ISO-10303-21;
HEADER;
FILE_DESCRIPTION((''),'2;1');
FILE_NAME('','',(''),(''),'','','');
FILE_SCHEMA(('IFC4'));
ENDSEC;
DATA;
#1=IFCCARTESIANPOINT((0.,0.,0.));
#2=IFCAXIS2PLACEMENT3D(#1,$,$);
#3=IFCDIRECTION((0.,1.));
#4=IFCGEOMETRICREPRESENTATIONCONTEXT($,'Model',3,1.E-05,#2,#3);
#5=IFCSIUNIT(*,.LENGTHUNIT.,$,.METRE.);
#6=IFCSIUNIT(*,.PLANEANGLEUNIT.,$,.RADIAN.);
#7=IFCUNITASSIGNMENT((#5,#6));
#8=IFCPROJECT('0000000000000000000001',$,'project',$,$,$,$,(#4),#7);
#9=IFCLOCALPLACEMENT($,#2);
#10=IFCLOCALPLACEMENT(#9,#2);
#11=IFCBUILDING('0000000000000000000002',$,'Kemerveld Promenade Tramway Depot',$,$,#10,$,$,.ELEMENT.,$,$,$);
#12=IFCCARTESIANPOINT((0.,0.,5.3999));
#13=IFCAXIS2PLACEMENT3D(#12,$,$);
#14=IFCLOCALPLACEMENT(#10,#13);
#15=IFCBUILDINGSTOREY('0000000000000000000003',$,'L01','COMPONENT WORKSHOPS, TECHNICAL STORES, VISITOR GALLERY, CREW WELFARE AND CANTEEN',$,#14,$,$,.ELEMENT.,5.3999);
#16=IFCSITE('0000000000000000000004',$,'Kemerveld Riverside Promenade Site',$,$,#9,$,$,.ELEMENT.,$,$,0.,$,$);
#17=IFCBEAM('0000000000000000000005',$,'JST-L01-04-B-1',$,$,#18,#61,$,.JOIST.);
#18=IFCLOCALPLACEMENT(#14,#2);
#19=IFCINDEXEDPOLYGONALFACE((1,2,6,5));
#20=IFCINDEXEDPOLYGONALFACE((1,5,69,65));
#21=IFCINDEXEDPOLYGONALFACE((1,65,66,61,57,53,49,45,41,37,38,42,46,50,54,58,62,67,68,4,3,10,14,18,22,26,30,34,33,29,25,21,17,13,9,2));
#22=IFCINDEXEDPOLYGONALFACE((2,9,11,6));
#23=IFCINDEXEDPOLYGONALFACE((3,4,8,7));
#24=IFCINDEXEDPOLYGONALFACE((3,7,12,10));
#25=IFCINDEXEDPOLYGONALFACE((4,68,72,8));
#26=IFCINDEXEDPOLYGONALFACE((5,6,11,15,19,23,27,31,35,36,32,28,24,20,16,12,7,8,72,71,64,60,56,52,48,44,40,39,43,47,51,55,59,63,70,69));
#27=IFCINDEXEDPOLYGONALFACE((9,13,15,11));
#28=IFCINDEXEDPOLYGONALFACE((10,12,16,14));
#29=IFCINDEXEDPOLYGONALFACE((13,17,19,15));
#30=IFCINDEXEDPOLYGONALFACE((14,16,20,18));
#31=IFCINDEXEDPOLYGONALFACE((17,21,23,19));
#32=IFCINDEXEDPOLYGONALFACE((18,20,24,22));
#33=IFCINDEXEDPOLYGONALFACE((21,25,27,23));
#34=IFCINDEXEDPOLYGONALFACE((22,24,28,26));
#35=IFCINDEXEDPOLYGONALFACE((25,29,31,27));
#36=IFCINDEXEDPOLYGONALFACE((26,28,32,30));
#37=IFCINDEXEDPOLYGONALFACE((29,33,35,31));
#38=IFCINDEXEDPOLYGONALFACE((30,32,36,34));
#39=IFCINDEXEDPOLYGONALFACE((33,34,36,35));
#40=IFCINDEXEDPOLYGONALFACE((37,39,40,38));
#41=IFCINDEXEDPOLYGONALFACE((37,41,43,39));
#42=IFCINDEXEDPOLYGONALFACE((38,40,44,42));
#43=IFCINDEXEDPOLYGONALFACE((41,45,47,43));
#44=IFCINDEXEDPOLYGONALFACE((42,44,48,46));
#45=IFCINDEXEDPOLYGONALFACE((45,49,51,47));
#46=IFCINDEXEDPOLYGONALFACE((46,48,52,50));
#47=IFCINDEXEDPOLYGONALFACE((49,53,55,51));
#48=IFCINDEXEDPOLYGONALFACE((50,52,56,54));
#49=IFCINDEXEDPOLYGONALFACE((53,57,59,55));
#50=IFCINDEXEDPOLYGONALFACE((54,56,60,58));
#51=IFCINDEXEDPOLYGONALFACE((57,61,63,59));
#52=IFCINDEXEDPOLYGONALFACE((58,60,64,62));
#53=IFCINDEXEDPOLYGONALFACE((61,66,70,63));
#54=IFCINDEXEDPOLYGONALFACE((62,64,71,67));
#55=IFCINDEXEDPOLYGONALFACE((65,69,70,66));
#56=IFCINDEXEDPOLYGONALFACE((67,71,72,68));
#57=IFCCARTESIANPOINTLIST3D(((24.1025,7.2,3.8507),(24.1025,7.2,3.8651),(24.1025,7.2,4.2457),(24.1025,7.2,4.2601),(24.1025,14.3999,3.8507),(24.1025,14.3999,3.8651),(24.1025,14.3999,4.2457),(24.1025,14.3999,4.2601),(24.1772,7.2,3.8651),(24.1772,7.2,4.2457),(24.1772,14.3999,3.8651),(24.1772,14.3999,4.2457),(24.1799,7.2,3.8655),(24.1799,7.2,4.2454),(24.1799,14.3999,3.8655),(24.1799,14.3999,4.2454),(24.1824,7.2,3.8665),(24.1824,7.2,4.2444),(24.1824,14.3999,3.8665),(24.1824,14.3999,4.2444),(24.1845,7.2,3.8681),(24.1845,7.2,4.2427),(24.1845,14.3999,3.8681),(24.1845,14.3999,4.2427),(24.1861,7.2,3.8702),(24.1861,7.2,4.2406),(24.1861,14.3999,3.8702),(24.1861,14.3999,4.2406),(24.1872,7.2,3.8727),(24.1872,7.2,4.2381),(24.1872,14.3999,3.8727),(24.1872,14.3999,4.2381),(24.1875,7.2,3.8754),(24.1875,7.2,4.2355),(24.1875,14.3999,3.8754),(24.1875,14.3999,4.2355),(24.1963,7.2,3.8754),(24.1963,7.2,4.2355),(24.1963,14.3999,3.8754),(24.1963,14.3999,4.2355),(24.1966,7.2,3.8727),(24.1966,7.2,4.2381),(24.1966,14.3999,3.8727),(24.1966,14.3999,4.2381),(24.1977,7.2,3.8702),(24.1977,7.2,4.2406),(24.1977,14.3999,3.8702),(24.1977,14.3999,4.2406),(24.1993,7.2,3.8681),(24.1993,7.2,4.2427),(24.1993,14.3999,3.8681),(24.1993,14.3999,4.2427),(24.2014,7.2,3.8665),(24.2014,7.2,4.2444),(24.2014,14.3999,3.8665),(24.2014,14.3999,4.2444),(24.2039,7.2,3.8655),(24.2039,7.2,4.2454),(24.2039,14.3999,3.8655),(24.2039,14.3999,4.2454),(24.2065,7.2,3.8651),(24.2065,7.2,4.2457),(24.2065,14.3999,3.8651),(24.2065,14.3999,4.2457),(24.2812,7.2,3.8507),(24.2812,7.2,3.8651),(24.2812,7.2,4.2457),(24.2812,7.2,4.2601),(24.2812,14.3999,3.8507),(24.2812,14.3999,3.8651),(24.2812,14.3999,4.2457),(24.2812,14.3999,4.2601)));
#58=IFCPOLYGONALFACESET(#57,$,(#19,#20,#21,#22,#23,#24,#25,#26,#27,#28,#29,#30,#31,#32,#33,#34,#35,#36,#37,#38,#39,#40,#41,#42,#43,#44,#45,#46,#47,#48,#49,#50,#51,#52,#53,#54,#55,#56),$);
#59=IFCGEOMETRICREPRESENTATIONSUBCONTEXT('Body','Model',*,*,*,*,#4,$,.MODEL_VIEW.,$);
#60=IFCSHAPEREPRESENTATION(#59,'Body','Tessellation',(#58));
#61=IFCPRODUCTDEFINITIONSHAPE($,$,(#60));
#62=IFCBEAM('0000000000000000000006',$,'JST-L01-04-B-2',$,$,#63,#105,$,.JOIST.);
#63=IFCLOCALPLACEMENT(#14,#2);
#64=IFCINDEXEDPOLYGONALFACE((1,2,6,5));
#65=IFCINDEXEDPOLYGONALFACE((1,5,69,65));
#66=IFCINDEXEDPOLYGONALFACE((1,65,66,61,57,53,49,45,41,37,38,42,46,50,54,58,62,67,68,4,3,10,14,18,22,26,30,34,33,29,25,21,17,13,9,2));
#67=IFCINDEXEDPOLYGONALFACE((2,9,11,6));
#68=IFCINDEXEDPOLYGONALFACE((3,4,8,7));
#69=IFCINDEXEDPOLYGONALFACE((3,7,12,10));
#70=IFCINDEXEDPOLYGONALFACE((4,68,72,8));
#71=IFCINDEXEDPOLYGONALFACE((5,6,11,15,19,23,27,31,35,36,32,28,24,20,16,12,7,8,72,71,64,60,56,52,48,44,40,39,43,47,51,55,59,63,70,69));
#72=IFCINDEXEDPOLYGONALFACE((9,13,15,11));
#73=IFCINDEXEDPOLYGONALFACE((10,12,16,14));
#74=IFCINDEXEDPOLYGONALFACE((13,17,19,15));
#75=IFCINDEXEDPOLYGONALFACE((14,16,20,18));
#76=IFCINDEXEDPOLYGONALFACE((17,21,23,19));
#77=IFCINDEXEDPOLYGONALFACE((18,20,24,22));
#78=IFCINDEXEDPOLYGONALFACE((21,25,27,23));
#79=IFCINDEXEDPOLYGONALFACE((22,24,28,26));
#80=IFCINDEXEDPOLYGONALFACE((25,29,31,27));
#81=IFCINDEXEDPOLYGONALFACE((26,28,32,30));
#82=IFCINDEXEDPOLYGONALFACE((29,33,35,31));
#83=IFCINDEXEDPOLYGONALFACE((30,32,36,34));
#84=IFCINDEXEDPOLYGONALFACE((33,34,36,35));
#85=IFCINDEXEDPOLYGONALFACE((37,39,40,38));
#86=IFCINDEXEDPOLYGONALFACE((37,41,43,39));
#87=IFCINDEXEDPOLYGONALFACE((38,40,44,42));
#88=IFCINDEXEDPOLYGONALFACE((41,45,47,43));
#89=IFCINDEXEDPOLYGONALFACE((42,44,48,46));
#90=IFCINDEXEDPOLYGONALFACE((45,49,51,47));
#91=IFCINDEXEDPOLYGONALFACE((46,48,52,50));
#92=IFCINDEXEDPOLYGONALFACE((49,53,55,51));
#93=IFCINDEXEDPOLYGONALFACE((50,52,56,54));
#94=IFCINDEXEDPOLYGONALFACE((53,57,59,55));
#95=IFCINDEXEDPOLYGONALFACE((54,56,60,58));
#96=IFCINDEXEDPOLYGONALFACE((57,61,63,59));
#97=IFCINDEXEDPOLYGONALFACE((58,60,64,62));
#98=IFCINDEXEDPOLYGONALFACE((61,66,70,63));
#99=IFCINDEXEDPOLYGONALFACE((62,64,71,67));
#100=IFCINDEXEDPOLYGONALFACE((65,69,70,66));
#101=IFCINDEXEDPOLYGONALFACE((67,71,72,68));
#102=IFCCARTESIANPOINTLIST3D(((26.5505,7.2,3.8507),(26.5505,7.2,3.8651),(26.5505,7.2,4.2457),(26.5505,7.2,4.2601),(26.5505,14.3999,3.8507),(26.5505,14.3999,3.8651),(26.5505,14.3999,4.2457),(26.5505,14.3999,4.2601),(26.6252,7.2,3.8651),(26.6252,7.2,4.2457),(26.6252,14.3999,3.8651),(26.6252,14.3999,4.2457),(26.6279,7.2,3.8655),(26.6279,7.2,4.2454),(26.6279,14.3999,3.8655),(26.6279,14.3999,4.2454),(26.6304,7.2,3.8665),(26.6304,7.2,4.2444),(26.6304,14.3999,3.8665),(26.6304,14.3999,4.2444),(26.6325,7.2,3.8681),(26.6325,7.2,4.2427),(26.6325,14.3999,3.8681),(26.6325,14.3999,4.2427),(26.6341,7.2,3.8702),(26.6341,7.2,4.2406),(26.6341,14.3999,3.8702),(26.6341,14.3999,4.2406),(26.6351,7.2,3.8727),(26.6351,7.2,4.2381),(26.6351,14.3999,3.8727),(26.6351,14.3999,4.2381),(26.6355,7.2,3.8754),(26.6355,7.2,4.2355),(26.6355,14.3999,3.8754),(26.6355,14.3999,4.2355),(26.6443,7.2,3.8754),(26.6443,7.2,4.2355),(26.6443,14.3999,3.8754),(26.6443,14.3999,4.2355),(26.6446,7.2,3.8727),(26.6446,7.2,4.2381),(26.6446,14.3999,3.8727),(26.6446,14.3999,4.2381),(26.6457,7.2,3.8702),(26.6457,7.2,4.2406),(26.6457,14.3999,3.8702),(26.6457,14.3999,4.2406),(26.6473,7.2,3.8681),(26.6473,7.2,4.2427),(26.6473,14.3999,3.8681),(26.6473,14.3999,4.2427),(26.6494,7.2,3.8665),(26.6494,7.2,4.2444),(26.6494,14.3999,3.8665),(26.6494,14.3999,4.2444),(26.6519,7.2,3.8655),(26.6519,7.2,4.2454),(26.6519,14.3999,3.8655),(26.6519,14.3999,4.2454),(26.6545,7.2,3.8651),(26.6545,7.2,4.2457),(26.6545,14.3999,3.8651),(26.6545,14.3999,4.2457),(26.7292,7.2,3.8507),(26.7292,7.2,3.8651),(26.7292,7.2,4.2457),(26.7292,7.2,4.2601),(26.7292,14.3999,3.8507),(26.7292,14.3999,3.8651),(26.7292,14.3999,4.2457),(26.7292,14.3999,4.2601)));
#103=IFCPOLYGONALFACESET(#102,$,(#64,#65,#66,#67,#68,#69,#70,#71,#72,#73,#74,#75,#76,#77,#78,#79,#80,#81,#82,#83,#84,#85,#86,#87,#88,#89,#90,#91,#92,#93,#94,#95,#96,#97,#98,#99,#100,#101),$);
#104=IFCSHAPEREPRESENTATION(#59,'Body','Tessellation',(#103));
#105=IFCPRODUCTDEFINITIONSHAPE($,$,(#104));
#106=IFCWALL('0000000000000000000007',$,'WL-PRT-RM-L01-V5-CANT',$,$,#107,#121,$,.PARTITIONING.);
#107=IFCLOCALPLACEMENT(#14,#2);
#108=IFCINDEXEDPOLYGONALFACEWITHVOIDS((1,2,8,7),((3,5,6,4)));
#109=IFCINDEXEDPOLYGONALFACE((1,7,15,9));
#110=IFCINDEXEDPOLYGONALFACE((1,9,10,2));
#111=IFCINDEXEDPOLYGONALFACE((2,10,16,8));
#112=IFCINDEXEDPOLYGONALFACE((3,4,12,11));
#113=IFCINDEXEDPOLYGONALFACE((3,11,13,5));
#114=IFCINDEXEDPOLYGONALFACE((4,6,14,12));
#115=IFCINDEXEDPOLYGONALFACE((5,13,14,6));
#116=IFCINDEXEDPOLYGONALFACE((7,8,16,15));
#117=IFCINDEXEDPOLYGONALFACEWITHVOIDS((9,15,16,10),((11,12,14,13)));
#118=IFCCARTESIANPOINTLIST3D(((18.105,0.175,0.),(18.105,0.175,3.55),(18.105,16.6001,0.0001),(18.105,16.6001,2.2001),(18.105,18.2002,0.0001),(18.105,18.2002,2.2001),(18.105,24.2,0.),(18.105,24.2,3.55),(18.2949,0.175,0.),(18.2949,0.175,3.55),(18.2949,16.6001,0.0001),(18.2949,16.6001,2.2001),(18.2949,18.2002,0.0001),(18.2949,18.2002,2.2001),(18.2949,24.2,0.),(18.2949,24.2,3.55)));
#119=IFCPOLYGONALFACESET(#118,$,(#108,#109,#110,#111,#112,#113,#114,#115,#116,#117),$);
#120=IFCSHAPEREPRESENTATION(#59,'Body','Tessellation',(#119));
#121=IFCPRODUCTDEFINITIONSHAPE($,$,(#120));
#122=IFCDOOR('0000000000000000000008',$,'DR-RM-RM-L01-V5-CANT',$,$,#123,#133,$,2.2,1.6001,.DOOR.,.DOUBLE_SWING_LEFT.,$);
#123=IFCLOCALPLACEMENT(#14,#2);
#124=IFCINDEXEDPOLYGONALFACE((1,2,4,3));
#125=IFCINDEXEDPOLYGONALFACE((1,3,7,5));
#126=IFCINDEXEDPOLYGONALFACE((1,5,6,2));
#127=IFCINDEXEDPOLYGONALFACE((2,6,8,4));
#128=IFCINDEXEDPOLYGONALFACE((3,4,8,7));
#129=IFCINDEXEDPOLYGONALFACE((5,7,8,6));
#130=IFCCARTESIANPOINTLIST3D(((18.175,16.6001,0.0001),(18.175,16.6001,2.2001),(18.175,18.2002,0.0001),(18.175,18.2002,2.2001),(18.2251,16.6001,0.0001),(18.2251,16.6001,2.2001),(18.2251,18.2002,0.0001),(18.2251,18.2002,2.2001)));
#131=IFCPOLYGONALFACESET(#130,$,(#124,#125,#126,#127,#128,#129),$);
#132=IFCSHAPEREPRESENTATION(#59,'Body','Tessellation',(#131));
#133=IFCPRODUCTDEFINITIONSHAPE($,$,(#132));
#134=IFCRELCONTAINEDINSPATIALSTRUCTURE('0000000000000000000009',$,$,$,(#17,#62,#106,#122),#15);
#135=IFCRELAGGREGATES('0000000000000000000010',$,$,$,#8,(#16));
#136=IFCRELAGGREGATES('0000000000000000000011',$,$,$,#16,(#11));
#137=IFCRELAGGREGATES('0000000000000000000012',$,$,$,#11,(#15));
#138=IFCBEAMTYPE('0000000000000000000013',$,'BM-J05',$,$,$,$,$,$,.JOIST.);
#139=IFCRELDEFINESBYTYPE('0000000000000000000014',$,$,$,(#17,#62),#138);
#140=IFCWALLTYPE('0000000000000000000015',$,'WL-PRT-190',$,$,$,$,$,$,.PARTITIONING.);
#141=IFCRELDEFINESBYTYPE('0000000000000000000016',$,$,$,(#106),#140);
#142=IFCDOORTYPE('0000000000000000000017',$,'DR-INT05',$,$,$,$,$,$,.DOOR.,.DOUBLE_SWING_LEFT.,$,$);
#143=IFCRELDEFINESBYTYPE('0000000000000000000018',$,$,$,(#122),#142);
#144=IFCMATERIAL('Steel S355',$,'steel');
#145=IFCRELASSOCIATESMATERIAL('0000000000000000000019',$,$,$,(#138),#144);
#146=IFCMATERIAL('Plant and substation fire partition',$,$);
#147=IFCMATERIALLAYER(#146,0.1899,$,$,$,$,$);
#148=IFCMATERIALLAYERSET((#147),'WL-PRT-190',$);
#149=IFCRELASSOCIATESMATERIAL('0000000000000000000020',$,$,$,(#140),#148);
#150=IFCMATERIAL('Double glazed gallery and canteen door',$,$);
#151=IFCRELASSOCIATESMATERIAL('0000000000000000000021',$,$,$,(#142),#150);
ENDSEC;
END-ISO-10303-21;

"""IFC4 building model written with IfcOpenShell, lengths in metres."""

from ifc_helpers import new_model, si_unit, direction, frame, frame_2d, origin, origin_2d, place, context, subcontext, project, spatial, rectangle, i_section, extrude, material, layer, layer_set, material_profile, profile_set, type_object, element, fill, save


model = new_model("IFC4")

# Units and contexts
model_context = context("Model", 3, precision=1e-05, world=origin(), true_north=direction((0.0, 1.0)))
body_context = subcontext(model_context, "Body", "Model", "MODEL_VIEW")
ifc_project = project(units=[si_unit("LENGTHUNIT", "METRE"), si_unit("PLANEANGLEUNIT", "RADIAN")], contexts=[model_context])

# Site, building, storey
site_placement = place(None, origin())
site = spatial("IfcSite", under=ifc_project, at=site_placement, Name="Kemerveld Riverside Promenade Site", CompositionType="ELEMENT", RefElevation=0.0)
building_placement = place(site_placement, origin())
building = spatial("IfcBuilding", under=site, at=building_placement, Name="Kemerveld Promenade Tramway Depot", CompositionType="ELEMENT")
storey_placement = place(building_placement, frame((0.0, 0.0, 5.3999)))
storey = spatial("IfcBuildingStorey", under=building, at=storey_placement, Name="L01", Description="COMPONENT WORKSHOPS, TECHNICAL STORES, VISITOR GALLERY, CREW WELFARE AND CANTEEN", CompositionType="ELEMENT", Elevation=5.3999)

# Shared definitions
ifc_material_1 = material(Name="Steel S355", Category="steel")

# Beams
ifc_material_profile_1 = material_profile(ifc_material_1, i_section(OverallWidth=0.1787, OverallDepth=0.4094, WebThickness=0.0088, FlangeThickness=0.0144, FilletRadius=0.0103, at=origin_2d()), Name="406x178x67 UB")
ifc_profile_set_1 = profile_set([ifc_material_profile_1], Name="Steel S355")
beam_type_1 = type_object("IfcBeamType", Name="BM-J05", PredefinedType="JOIST", material=ifc_profile_set_1)
for number, where, z_axis, x_axis, name in (
    (1, (24.1919, 7.2, 4.0554), (0.0, 1.0, 0.0), (-1.0, 0.0, 0.0), "JST-L01-04-B-1"),
    (2, (26.6399, 7.2, 4.0554), (0.0, 1.0, 0.0), (-1.0, 0.0, 0.0), "JST-L01-04-B-2"),
):
    element("IfcBeam", number, at=place(storey_placement, frame(where, z_axis=z_axis, x_axis=x_axis)), inside=storey, type_object=beam_type_1, Name=name, PredefinedType="JOIST", context=body_context, shape_type="SweptSolid", body=[
        extrude(i_section(OverallWidth=0.1787, OverallDepth=0.4094, WebThickness=0.0088, FlangeThickness=0.0144, FilletRadius=0.0103, at=origin_2d()), origin(), (0.0, 0.0, 1.0), 7.2),
    ])

# Wall, opening, door
ifc_material_2 = material(Name="Plant and substation fire partition")
ifc_layer = layer(ifc_material_2, 0.1899)
ifc_layer_set = layer_set([ifc_layer], Name="WL-PRT-190")
wall_type = type_object("IfcWallType", Name="WL-PRT-190", PredefinedType="PARTITIONING", material=ifc_layer_set)
wall_placement = place(storey_placement, frame((18.2, 0.175, 0.0), z_axis=(0.0, 0.0, 1.0), x_axis=(0.0, 1.0, 0.0)))
wall = element("IfcWall", 3, at=wall_placement, inside=storey, type_object=wall_type, Name="WL-PRT-RM-L01-V5-CANT", PredefinedType="PARTITIONING", context=body_context, shape_type="SweptSolid", body=[
    extrude(rectangle(XDim=24.0249, YDim=0.1899, at=frame_2d((12.0125, 0.0))), origin(), (0.0, 0.0, 1.0), 3.55),
])
opening_placement = place(wall_placement, frame((16.425, 0.0, 0.0)))
opening = element("IfcOpeningElement", 4, at=opening_placement, cuts=wall, PredefinedType="OPENING", context=body_context, shape_type="SweptSolid", body=[
    extrude(rectangle(XDim=1.6001, YDim=2.2, at=frame_2d((0.8, 1.1001))), frame((0.0, 0.105, 0.0), z_axis=(0.0, -1.0, 0.0), x_axis=(1.0, 0.0, 0.0)), (0.0, 0.0, 1.0), 0.21),
])
ifc_material_3 = material(Name="Double glazed gallery and canteen door")
door_type = type_object("IfcDoorType", Name="DR-INT05", OperationType="DOUBLE_SWING_LEFT", PredefinedType="DOOR", material=ifc_material_3)
door_placement = place(opening_placement, origin())
door = element("IfcDoor", 5, at=door_placement, inside=storey, type_object=door_type, Name="DR-RM-RM-L01-V5-CANT", OperationType="DOUBLE_SWING_LEFT", OverallHeight=2.2, OverallWidth=1.6001, PredefinedType="DOOR", context=body_context, shape_type="SweptSolid", body=[
    extrude(rectangle(XDim=1.6001, YDim=2.2, at=frame_2d((0.8, 1.1001))), frame((0.0, 0.0249, 0.0), z_axis=(0.0, -1.0, 0.0), x_axis=(1.0, 0.0, 0.0)), (0.0, 0.0, 1.0), 0.05),
])
fill(opening, door)

save(model, "model.ifc")
